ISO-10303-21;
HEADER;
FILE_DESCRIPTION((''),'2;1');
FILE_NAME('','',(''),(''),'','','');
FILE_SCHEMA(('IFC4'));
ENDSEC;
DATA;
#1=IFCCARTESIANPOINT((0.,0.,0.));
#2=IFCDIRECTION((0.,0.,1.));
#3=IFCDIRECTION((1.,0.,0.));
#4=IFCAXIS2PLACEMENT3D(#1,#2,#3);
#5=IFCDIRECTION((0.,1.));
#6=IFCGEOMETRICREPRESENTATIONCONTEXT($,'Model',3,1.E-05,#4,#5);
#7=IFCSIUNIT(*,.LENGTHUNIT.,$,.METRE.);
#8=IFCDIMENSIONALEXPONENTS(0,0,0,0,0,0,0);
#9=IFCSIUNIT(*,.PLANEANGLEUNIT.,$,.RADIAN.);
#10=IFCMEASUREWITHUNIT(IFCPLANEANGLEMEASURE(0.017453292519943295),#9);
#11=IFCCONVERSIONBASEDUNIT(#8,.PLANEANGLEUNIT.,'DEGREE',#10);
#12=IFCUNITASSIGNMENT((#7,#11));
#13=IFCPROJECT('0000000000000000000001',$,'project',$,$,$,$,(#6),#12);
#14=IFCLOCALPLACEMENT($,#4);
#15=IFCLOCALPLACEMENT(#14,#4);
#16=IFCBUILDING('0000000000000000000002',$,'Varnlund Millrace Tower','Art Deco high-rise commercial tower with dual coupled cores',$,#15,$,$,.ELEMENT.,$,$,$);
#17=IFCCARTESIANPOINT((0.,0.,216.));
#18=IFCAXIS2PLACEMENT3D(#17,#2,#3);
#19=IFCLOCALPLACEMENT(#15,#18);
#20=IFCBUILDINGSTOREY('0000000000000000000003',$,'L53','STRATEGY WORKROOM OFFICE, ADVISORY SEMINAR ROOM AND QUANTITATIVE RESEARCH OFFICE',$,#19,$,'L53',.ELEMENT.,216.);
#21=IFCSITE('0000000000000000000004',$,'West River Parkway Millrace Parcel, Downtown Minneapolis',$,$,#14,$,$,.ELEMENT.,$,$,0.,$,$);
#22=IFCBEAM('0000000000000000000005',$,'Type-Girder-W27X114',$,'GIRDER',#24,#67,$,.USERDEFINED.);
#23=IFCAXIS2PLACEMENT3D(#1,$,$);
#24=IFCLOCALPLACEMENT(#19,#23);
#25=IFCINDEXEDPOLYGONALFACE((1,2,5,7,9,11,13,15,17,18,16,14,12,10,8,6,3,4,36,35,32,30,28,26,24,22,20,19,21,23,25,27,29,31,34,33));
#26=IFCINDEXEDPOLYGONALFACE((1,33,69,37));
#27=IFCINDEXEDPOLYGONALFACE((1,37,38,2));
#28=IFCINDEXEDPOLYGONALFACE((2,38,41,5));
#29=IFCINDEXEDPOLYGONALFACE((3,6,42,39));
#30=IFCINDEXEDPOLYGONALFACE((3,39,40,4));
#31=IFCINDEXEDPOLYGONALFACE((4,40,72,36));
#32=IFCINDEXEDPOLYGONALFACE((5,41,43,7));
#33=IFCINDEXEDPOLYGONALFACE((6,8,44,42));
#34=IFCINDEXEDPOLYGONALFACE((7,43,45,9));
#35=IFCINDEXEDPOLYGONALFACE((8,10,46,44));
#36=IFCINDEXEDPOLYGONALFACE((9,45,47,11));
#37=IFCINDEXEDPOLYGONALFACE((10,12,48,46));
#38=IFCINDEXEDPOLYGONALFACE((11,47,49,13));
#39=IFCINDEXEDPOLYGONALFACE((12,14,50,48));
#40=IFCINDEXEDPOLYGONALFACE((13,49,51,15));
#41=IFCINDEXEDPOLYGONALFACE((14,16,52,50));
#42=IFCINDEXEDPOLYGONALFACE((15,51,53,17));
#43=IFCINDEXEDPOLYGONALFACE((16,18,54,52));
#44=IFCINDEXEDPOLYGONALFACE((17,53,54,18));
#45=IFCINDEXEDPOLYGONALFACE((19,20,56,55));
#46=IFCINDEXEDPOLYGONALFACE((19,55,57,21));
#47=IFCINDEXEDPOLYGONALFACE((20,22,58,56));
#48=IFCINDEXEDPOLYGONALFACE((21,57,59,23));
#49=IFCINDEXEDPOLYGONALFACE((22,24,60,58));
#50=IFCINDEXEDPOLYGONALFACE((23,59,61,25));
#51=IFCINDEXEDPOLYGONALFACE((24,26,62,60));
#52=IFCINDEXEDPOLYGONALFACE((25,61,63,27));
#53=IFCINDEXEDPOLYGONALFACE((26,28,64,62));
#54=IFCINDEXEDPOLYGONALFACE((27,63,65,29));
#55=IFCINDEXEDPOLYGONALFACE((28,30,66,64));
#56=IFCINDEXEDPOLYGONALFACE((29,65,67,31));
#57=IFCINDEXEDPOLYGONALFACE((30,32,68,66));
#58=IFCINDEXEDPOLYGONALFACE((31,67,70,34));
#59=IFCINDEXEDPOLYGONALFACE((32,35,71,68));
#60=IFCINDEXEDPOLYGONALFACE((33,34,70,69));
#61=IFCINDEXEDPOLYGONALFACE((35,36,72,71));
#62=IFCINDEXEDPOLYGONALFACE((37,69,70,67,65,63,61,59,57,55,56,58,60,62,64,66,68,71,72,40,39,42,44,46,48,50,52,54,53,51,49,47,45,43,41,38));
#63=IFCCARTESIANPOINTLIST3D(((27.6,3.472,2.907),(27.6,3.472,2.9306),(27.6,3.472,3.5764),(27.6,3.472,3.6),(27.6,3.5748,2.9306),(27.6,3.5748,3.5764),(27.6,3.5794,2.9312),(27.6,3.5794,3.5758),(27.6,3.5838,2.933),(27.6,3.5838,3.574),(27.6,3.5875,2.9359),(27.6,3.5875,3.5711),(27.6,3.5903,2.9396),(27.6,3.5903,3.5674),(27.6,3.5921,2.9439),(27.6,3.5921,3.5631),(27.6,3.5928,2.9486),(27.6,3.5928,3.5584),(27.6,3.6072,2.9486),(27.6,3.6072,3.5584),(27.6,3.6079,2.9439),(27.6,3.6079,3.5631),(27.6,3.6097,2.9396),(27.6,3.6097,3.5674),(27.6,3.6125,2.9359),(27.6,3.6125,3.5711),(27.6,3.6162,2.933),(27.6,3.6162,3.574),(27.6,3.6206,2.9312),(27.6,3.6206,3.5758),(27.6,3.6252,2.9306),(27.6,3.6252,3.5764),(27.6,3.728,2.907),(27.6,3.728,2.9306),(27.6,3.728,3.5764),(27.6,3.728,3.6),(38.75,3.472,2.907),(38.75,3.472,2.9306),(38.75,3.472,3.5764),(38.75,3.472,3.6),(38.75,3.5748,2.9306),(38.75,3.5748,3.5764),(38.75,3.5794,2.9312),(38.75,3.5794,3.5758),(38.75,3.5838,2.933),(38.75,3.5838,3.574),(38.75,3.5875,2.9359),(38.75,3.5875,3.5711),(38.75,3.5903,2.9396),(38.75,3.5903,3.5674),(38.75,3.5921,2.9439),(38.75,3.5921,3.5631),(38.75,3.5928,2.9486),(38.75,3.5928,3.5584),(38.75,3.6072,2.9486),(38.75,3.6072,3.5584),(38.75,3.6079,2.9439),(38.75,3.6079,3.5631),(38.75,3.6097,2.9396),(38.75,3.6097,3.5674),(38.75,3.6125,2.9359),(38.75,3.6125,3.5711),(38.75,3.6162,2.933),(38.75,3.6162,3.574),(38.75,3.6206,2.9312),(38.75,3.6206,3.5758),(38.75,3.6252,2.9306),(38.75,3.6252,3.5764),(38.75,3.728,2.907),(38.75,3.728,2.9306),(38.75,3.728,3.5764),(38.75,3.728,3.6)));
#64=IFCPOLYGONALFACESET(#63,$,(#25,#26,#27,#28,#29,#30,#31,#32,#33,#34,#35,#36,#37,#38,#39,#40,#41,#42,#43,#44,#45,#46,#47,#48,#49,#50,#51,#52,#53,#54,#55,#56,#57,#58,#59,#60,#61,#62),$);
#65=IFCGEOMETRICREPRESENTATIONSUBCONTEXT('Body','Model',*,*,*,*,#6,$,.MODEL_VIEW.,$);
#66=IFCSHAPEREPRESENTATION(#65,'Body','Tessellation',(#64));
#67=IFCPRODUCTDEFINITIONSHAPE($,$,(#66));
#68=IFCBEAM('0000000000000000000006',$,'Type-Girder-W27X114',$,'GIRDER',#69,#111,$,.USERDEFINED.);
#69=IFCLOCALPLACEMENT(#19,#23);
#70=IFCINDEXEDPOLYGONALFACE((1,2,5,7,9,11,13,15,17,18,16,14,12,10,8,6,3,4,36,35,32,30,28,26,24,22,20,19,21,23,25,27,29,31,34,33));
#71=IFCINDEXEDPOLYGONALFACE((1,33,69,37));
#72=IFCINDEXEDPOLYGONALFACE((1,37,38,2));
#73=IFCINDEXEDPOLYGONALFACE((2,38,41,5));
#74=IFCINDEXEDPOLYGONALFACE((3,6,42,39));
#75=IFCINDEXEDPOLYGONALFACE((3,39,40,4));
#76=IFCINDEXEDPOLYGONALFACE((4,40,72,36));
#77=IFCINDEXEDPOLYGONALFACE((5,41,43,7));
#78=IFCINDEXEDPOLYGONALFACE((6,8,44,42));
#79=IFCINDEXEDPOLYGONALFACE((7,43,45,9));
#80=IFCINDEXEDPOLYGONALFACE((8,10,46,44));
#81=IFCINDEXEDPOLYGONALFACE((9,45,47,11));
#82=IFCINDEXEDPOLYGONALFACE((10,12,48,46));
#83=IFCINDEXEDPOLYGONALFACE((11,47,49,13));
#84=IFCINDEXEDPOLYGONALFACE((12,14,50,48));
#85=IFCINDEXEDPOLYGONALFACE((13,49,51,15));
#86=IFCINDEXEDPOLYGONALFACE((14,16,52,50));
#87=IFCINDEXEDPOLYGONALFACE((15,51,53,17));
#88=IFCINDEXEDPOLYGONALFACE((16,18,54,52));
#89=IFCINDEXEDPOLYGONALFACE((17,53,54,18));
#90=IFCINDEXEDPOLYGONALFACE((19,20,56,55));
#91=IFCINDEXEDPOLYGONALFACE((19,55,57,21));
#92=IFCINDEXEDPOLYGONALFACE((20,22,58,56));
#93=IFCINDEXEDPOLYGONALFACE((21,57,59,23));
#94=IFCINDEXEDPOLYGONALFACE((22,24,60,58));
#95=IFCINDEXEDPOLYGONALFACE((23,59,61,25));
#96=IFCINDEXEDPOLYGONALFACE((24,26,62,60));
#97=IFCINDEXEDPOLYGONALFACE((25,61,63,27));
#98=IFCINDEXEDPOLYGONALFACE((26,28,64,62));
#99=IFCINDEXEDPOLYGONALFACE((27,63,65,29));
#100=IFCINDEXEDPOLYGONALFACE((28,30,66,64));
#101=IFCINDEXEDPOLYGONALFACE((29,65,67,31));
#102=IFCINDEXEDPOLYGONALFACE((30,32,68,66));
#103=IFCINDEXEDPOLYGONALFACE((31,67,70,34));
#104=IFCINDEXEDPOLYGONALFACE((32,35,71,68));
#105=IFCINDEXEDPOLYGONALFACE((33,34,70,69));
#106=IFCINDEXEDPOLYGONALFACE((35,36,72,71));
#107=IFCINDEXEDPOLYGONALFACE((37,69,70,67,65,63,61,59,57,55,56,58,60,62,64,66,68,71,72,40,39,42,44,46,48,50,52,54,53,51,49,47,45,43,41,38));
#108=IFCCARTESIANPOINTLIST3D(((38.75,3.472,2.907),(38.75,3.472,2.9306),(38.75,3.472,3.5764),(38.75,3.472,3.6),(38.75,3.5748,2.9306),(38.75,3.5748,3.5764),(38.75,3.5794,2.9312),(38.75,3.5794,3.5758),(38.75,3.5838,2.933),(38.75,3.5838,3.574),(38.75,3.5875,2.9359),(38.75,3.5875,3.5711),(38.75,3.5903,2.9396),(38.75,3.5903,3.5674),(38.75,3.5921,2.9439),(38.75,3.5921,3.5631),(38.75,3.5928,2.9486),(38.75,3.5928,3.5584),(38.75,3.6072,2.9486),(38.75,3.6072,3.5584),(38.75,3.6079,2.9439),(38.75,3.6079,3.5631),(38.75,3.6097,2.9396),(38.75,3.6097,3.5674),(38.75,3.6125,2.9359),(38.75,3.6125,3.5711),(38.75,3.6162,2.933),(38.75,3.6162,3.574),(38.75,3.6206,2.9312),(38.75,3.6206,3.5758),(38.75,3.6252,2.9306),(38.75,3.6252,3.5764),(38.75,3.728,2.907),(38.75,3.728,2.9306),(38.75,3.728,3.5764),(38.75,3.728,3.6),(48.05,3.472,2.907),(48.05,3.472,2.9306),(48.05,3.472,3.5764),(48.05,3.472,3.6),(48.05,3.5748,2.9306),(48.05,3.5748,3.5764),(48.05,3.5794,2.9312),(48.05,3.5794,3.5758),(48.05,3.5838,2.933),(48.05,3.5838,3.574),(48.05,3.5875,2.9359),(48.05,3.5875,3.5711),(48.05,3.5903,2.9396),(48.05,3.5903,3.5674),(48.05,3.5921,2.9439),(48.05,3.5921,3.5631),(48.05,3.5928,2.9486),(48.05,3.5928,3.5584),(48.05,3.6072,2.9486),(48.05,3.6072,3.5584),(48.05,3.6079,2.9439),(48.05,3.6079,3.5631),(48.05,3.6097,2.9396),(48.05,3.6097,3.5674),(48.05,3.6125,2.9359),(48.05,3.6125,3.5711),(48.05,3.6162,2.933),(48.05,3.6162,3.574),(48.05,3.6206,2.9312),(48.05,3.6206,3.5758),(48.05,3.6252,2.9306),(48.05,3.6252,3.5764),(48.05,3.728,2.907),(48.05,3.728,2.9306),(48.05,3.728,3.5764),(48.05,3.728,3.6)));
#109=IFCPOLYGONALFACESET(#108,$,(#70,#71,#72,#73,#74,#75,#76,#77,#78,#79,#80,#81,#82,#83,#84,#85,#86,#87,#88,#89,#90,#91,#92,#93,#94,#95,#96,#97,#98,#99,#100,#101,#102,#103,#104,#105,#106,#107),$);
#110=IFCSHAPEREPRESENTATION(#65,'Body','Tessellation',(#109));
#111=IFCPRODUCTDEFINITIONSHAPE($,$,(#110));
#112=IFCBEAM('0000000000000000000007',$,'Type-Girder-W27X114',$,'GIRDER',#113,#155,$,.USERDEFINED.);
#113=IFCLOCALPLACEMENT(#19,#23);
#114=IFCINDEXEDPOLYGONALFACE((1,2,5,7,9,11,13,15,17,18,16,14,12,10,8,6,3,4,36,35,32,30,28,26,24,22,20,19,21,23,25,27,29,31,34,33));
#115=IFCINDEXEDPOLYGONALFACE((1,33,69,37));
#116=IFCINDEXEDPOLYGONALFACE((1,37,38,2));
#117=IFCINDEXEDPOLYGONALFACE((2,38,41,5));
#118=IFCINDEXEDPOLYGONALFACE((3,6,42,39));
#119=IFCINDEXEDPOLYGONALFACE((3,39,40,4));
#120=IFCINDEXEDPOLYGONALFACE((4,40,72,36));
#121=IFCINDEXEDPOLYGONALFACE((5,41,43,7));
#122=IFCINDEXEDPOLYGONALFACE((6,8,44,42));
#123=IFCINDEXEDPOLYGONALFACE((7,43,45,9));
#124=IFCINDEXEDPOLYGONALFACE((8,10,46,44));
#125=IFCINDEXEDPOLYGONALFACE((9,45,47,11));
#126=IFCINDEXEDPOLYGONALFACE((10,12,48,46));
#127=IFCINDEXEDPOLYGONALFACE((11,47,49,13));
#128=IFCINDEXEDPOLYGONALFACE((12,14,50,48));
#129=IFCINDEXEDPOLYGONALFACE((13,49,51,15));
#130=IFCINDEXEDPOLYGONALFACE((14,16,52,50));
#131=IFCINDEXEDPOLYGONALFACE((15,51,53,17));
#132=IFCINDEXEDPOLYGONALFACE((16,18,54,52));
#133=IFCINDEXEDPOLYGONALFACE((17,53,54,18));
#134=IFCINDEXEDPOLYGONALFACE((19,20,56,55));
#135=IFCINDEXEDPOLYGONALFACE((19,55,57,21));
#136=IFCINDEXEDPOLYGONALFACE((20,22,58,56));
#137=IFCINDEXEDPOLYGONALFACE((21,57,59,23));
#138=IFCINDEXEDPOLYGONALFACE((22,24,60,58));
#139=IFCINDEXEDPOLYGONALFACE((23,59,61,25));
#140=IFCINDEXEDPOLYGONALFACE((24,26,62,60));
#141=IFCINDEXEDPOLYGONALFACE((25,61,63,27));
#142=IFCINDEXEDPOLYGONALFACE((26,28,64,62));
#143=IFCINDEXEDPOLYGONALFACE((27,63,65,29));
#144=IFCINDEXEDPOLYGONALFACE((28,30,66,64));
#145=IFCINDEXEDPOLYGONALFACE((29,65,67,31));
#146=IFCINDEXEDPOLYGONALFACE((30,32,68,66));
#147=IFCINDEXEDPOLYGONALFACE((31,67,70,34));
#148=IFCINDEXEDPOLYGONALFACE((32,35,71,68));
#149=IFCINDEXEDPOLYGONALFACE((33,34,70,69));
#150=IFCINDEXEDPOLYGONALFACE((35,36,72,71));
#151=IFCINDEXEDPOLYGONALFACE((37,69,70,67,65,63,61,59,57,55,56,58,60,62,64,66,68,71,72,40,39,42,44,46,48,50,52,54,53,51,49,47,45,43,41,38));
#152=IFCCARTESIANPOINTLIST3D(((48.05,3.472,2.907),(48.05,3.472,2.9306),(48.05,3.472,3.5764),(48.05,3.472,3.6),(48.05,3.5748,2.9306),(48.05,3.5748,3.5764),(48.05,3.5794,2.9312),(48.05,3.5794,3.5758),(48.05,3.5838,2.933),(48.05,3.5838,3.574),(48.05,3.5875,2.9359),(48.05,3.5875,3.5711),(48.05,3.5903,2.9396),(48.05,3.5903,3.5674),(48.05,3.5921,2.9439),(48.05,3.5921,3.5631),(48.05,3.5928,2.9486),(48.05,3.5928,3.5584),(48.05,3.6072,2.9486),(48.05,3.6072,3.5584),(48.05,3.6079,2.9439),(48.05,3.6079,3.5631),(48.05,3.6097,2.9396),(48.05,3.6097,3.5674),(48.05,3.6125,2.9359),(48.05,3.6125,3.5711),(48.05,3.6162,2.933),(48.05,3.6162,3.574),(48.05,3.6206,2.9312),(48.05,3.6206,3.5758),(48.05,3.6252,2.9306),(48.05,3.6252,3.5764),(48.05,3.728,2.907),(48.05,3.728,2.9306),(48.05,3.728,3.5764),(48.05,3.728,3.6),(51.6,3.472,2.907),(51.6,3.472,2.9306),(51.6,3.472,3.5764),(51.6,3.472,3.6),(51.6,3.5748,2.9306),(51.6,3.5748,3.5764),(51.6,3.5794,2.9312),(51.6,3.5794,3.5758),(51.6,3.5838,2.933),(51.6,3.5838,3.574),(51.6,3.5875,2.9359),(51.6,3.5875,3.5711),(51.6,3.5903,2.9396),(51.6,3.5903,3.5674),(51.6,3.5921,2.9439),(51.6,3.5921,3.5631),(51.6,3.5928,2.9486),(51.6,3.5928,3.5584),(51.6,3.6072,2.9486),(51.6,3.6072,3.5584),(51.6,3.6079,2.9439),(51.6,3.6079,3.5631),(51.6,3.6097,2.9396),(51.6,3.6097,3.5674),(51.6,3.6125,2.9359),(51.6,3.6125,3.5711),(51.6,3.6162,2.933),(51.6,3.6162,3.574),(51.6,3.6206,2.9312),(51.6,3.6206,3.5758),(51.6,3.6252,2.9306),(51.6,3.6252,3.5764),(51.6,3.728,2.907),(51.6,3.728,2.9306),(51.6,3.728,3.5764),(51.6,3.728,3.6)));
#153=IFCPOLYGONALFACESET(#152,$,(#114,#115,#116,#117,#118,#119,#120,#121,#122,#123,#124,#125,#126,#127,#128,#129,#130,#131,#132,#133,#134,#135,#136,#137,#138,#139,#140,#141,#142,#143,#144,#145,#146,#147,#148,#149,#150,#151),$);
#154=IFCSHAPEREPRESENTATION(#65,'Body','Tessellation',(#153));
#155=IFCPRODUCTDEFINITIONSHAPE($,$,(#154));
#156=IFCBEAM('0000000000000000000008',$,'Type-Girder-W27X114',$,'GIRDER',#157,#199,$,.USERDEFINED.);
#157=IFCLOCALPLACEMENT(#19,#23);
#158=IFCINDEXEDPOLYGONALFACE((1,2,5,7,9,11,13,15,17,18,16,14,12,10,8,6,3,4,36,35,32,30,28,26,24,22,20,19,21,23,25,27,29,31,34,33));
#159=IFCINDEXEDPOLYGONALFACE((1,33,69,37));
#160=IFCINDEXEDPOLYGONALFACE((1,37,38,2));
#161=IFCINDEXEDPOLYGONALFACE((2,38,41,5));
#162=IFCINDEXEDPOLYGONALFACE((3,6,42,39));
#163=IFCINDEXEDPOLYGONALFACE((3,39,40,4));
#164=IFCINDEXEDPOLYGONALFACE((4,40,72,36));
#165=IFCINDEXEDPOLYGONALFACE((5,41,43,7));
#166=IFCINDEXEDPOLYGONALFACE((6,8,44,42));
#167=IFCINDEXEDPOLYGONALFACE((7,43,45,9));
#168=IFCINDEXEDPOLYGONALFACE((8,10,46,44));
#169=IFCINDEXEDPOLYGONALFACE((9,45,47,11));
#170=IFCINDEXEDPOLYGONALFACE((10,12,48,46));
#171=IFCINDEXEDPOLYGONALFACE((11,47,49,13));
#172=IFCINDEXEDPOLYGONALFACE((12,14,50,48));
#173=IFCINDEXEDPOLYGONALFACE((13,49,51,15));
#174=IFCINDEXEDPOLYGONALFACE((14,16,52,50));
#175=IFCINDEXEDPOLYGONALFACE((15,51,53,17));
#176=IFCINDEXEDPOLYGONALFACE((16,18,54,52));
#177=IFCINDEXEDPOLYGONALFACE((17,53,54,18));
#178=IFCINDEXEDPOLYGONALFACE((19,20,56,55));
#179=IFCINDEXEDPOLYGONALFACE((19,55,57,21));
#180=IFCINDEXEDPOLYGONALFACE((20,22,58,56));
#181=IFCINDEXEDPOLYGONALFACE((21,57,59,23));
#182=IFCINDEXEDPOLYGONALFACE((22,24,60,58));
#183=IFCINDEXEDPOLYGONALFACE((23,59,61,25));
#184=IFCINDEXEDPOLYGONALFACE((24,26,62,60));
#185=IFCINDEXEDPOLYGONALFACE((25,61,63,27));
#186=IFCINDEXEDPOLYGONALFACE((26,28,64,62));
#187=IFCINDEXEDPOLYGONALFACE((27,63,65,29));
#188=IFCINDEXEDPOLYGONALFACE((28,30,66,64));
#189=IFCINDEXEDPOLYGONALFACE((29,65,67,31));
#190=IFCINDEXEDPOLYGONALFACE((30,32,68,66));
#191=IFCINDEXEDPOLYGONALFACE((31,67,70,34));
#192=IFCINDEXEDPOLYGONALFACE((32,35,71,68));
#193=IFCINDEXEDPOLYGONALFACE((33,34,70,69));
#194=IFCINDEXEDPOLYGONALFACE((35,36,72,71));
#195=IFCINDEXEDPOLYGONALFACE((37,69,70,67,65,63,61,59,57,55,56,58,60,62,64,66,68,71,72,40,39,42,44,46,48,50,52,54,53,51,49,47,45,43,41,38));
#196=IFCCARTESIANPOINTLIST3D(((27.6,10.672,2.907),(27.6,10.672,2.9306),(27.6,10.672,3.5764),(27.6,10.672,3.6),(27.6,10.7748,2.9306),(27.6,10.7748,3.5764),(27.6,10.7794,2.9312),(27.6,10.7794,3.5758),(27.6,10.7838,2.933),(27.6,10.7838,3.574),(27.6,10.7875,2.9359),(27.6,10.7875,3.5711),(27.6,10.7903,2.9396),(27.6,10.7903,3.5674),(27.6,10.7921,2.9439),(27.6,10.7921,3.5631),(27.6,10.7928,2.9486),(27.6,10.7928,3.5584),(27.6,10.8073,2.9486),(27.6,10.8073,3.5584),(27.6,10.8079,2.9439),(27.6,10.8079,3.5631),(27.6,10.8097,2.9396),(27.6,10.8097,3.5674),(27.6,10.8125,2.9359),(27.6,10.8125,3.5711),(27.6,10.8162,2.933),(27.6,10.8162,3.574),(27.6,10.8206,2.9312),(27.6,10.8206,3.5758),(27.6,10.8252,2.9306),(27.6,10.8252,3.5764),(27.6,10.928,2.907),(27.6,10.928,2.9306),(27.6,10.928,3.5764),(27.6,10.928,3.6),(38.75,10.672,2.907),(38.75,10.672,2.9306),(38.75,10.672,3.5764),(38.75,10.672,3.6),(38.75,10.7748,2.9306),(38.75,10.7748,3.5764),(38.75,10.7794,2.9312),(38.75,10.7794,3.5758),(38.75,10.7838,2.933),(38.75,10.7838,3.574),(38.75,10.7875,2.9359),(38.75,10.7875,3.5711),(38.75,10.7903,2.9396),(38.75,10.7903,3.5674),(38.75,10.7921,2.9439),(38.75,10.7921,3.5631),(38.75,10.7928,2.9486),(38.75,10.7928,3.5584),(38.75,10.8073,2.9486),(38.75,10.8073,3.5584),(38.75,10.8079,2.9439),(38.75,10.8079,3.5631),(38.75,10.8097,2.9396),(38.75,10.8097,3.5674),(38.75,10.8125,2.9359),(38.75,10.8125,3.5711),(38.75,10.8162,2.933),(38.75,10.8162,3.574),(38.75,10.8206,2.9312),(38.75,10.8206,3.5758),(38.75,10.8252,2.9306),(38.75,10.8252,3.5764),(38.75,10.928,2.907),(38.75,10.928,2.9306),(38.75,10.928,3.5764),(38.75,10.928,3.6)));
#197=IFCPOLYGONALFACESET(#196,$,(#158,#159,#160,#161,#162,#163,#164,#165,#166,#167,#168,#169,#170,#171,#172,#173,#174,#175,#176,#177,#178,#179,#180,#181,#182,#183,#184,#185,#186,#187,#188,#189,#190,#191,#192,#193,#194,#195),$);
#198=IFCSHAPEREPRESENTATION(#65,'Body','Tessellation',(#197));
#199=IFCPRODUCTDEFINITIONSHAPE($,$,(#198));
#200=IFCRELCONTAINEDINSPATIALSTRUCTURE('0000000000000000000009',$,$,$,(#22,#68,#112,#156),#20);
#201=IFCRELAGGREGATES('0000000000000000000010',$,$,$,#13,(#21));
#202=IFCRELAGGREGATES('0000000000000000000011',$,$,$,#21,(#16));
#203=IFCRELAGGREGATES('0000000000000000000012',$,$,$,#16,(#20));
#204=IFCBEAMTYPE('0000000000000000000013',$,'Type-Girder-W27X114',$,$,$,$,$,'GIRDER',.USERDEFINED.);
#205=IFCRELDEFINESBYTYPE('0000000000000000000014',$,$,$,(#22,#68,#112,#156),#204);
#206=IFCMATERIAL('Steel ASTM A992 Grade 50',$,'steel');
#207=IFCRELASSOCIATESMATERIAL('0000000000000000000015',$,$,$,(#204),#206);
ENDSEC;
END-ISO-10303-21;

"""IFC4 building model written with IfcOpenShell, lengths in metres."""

from ifc_helpers import new_model, entity, si_unit, converted_unit, direction, frame, origin_with_axes, origin_2d_with_axis, place, context, subcontext, project, spatial, i_section, extrude, material, material_profile, profile_set, type_object, element, save


model = new_model("IFC4")

# Units and contexts
model_context = context("Model", 3, precision=1e-05, world=origin_with_axes(), true_north=direction((0.0, 1.0)))
body_context = subcontext(model_context, "Body", "Model", "MODEL_VIEW")
ifc_project = project(units=[si_unit("LENGTHUNIT", "METRE"), converted_unit("PLANEANGLEUNIT", "DEGREE", entity("IfcPlaneAngleMeasure", 0.017453292519943295), si_unit("PLANEANGLEUNIT", "RADIAN"), dimensions=[0, 0, 0, 0, 0, 0, 0])], contexts=[model_context])

# Site, building, storey
site_placement = place(None, origin_with_axes())
site = spatial("IfcSite", under=ifc_project, at=site_placement, Name="West River Parkway Millrace Parcel, Downtown Minneapolis", CompositionType="ELEMENT", RefElevation=0.0)
building_placement = place(site_placement, origin_with_axes())
building = spatial("IfcBuilding", under=site, at=building_placement, Name="Varnlund Millrace Tower", Description="Art Deco high-rise commercial tower with dual coupled cores", CompositionType="ELEMENT")
storey_placement = place(building_placement, frame((0.0, 0.0, 216.0), z_axis=(0.0, 0.0, 1.0), x_axis=(1.0, 0.0, 0.0)))
storey = spatial("IfcBuildingStorey", under=building, at=storey_placement, Name="L53", Description="STRATEGY WORKROOM OFFICE, ADVISORY SEMINAR ROOM AND QUANTITATIVE RESEARCH OFFICE", LongName="L53", CompositionType="ELEMENT", Elevation=216.0)

# Beams
ifc_material_1 = material(Name="Steel ASTM A992 Grade 50", Category="steel")
ifc_material_profile_1 = material_profile(ifc_material_1, i_section(OverallWidth=0.256, OverallDepth=0.693, WebThickness=0.0145, FlangeThickness=0.0236, FilletRadius=0.018, at=origin_2d_with_axis()), Name="Steel ASTM A992 Grade 50")
ifc_profile_set_1 = profile_set([ifc_material_profile_1], Name="Steel ASTM A992 Grade 50")
beam_type_1 = type_object("IfcBeamType", Name="Type-Girder-W27X114", ElementType="GIRDER", PredefinedType="USERDEFINED", material=ifc_profile_set_1)
beam_1_placement = place(storey_placement, frame((27.6, 3.6, 3.2535), z_axis=(1.0, 0.0, 0.0), x_axis=(0.0, 1.0, 0.0)))
element("IfcBeam", 1, at=beam_1_placement, inside=storey, type_object=beam_type_1, Name="Type-Girder-W27X114", ObjectType="GIRDER", PredefinedType="USERDEFINED", context=body_context, shape_type="SweptSolid", body=[
    extrude(i_section(OverallWidth=0.256, OverallDepth=0.693, WebThickness=0.0145, FlangeThickness=0.0236, FilletRadius=0.018, at=origin_2d_with_axis()), origin_with_axes(), (0.0, 0.0, 1.0), 11.15),
])
beam_2_placement = place(storey_placement, frame((38.75, 3.6, 3.2535), z_axis=(1.0, 0.0, 0.0), x_axis=(0.0, 1.0, 0.0)))
element("IfcBeam", 2, at=beam_2_placement, inside=storey, type_object=beam_type_1, Name="Type-Girder-W27X114", ObjectType="GIRDER", PredefinedType="USERDEFINED", context=body_context, shape_type="SweptSolid", body=[
    extrude(i_section(OverallWidth=0.256, OverallDepth=0.693, WebThickness=0.0145, FlangeThickness=0.0236, FilletRadius=0.018, at=origin_2d_with_axis()), origin_with_axes(), (0.0, 0.0, 1.0), 9.3),
])
beam_3_placement = place(storey_placement, frame((48.05, 3.6, 3.2535), z_axis=(1.0, 0.0, 0.0), x_axis=(0.0, 1.0, 0.0)))
element("IfcBeam", 3, at=beam_3_placement, inside=storey, type_object=beam_type_1, Name="Type-Girder-W27X114", ObjectType="GIRDER", PredefinedType="USERDEFINED", context=body_context, shape_type="SweptSolid", body=[
    extrude(i_section(OverallWidth=0.256, OverallDepth=0.693, WebThickness=0.0145, FlangeThickness=0.0236, FilletRadius=0.018, at=origin_2d_with_axis()), origin_with_axes(), (0.0, 0.0, 1.0), 3.55),
])
beam_4_placement = place(storey_placement, frame((27.6, 10.8, 3.2535), z_axis=(1.0, 0.0, 0.0), x_axis=(0.0, 1.0, 0.0)))
element("IfcBeam", 4, at=beam_4_placement, inside=storey, type_object=beam_type_1, Name="Type-Girder-W27X114", ObjectType="GIRDER", PredefinedType="USERDEFINED", context=body_context, shape_type="SweptSolid", body=[
    extrude(i_section(OverallWidth=0.256, OverallDepth=0.693, WebThickness=0.0145, FlangeThickness=0.0236, FilletRadius=0.018, at=origin_2d_with_axis()), origin_with_axes(), (0.0, 0.0, 1.0), 11.15),
])

save(model, "model.ifc")
